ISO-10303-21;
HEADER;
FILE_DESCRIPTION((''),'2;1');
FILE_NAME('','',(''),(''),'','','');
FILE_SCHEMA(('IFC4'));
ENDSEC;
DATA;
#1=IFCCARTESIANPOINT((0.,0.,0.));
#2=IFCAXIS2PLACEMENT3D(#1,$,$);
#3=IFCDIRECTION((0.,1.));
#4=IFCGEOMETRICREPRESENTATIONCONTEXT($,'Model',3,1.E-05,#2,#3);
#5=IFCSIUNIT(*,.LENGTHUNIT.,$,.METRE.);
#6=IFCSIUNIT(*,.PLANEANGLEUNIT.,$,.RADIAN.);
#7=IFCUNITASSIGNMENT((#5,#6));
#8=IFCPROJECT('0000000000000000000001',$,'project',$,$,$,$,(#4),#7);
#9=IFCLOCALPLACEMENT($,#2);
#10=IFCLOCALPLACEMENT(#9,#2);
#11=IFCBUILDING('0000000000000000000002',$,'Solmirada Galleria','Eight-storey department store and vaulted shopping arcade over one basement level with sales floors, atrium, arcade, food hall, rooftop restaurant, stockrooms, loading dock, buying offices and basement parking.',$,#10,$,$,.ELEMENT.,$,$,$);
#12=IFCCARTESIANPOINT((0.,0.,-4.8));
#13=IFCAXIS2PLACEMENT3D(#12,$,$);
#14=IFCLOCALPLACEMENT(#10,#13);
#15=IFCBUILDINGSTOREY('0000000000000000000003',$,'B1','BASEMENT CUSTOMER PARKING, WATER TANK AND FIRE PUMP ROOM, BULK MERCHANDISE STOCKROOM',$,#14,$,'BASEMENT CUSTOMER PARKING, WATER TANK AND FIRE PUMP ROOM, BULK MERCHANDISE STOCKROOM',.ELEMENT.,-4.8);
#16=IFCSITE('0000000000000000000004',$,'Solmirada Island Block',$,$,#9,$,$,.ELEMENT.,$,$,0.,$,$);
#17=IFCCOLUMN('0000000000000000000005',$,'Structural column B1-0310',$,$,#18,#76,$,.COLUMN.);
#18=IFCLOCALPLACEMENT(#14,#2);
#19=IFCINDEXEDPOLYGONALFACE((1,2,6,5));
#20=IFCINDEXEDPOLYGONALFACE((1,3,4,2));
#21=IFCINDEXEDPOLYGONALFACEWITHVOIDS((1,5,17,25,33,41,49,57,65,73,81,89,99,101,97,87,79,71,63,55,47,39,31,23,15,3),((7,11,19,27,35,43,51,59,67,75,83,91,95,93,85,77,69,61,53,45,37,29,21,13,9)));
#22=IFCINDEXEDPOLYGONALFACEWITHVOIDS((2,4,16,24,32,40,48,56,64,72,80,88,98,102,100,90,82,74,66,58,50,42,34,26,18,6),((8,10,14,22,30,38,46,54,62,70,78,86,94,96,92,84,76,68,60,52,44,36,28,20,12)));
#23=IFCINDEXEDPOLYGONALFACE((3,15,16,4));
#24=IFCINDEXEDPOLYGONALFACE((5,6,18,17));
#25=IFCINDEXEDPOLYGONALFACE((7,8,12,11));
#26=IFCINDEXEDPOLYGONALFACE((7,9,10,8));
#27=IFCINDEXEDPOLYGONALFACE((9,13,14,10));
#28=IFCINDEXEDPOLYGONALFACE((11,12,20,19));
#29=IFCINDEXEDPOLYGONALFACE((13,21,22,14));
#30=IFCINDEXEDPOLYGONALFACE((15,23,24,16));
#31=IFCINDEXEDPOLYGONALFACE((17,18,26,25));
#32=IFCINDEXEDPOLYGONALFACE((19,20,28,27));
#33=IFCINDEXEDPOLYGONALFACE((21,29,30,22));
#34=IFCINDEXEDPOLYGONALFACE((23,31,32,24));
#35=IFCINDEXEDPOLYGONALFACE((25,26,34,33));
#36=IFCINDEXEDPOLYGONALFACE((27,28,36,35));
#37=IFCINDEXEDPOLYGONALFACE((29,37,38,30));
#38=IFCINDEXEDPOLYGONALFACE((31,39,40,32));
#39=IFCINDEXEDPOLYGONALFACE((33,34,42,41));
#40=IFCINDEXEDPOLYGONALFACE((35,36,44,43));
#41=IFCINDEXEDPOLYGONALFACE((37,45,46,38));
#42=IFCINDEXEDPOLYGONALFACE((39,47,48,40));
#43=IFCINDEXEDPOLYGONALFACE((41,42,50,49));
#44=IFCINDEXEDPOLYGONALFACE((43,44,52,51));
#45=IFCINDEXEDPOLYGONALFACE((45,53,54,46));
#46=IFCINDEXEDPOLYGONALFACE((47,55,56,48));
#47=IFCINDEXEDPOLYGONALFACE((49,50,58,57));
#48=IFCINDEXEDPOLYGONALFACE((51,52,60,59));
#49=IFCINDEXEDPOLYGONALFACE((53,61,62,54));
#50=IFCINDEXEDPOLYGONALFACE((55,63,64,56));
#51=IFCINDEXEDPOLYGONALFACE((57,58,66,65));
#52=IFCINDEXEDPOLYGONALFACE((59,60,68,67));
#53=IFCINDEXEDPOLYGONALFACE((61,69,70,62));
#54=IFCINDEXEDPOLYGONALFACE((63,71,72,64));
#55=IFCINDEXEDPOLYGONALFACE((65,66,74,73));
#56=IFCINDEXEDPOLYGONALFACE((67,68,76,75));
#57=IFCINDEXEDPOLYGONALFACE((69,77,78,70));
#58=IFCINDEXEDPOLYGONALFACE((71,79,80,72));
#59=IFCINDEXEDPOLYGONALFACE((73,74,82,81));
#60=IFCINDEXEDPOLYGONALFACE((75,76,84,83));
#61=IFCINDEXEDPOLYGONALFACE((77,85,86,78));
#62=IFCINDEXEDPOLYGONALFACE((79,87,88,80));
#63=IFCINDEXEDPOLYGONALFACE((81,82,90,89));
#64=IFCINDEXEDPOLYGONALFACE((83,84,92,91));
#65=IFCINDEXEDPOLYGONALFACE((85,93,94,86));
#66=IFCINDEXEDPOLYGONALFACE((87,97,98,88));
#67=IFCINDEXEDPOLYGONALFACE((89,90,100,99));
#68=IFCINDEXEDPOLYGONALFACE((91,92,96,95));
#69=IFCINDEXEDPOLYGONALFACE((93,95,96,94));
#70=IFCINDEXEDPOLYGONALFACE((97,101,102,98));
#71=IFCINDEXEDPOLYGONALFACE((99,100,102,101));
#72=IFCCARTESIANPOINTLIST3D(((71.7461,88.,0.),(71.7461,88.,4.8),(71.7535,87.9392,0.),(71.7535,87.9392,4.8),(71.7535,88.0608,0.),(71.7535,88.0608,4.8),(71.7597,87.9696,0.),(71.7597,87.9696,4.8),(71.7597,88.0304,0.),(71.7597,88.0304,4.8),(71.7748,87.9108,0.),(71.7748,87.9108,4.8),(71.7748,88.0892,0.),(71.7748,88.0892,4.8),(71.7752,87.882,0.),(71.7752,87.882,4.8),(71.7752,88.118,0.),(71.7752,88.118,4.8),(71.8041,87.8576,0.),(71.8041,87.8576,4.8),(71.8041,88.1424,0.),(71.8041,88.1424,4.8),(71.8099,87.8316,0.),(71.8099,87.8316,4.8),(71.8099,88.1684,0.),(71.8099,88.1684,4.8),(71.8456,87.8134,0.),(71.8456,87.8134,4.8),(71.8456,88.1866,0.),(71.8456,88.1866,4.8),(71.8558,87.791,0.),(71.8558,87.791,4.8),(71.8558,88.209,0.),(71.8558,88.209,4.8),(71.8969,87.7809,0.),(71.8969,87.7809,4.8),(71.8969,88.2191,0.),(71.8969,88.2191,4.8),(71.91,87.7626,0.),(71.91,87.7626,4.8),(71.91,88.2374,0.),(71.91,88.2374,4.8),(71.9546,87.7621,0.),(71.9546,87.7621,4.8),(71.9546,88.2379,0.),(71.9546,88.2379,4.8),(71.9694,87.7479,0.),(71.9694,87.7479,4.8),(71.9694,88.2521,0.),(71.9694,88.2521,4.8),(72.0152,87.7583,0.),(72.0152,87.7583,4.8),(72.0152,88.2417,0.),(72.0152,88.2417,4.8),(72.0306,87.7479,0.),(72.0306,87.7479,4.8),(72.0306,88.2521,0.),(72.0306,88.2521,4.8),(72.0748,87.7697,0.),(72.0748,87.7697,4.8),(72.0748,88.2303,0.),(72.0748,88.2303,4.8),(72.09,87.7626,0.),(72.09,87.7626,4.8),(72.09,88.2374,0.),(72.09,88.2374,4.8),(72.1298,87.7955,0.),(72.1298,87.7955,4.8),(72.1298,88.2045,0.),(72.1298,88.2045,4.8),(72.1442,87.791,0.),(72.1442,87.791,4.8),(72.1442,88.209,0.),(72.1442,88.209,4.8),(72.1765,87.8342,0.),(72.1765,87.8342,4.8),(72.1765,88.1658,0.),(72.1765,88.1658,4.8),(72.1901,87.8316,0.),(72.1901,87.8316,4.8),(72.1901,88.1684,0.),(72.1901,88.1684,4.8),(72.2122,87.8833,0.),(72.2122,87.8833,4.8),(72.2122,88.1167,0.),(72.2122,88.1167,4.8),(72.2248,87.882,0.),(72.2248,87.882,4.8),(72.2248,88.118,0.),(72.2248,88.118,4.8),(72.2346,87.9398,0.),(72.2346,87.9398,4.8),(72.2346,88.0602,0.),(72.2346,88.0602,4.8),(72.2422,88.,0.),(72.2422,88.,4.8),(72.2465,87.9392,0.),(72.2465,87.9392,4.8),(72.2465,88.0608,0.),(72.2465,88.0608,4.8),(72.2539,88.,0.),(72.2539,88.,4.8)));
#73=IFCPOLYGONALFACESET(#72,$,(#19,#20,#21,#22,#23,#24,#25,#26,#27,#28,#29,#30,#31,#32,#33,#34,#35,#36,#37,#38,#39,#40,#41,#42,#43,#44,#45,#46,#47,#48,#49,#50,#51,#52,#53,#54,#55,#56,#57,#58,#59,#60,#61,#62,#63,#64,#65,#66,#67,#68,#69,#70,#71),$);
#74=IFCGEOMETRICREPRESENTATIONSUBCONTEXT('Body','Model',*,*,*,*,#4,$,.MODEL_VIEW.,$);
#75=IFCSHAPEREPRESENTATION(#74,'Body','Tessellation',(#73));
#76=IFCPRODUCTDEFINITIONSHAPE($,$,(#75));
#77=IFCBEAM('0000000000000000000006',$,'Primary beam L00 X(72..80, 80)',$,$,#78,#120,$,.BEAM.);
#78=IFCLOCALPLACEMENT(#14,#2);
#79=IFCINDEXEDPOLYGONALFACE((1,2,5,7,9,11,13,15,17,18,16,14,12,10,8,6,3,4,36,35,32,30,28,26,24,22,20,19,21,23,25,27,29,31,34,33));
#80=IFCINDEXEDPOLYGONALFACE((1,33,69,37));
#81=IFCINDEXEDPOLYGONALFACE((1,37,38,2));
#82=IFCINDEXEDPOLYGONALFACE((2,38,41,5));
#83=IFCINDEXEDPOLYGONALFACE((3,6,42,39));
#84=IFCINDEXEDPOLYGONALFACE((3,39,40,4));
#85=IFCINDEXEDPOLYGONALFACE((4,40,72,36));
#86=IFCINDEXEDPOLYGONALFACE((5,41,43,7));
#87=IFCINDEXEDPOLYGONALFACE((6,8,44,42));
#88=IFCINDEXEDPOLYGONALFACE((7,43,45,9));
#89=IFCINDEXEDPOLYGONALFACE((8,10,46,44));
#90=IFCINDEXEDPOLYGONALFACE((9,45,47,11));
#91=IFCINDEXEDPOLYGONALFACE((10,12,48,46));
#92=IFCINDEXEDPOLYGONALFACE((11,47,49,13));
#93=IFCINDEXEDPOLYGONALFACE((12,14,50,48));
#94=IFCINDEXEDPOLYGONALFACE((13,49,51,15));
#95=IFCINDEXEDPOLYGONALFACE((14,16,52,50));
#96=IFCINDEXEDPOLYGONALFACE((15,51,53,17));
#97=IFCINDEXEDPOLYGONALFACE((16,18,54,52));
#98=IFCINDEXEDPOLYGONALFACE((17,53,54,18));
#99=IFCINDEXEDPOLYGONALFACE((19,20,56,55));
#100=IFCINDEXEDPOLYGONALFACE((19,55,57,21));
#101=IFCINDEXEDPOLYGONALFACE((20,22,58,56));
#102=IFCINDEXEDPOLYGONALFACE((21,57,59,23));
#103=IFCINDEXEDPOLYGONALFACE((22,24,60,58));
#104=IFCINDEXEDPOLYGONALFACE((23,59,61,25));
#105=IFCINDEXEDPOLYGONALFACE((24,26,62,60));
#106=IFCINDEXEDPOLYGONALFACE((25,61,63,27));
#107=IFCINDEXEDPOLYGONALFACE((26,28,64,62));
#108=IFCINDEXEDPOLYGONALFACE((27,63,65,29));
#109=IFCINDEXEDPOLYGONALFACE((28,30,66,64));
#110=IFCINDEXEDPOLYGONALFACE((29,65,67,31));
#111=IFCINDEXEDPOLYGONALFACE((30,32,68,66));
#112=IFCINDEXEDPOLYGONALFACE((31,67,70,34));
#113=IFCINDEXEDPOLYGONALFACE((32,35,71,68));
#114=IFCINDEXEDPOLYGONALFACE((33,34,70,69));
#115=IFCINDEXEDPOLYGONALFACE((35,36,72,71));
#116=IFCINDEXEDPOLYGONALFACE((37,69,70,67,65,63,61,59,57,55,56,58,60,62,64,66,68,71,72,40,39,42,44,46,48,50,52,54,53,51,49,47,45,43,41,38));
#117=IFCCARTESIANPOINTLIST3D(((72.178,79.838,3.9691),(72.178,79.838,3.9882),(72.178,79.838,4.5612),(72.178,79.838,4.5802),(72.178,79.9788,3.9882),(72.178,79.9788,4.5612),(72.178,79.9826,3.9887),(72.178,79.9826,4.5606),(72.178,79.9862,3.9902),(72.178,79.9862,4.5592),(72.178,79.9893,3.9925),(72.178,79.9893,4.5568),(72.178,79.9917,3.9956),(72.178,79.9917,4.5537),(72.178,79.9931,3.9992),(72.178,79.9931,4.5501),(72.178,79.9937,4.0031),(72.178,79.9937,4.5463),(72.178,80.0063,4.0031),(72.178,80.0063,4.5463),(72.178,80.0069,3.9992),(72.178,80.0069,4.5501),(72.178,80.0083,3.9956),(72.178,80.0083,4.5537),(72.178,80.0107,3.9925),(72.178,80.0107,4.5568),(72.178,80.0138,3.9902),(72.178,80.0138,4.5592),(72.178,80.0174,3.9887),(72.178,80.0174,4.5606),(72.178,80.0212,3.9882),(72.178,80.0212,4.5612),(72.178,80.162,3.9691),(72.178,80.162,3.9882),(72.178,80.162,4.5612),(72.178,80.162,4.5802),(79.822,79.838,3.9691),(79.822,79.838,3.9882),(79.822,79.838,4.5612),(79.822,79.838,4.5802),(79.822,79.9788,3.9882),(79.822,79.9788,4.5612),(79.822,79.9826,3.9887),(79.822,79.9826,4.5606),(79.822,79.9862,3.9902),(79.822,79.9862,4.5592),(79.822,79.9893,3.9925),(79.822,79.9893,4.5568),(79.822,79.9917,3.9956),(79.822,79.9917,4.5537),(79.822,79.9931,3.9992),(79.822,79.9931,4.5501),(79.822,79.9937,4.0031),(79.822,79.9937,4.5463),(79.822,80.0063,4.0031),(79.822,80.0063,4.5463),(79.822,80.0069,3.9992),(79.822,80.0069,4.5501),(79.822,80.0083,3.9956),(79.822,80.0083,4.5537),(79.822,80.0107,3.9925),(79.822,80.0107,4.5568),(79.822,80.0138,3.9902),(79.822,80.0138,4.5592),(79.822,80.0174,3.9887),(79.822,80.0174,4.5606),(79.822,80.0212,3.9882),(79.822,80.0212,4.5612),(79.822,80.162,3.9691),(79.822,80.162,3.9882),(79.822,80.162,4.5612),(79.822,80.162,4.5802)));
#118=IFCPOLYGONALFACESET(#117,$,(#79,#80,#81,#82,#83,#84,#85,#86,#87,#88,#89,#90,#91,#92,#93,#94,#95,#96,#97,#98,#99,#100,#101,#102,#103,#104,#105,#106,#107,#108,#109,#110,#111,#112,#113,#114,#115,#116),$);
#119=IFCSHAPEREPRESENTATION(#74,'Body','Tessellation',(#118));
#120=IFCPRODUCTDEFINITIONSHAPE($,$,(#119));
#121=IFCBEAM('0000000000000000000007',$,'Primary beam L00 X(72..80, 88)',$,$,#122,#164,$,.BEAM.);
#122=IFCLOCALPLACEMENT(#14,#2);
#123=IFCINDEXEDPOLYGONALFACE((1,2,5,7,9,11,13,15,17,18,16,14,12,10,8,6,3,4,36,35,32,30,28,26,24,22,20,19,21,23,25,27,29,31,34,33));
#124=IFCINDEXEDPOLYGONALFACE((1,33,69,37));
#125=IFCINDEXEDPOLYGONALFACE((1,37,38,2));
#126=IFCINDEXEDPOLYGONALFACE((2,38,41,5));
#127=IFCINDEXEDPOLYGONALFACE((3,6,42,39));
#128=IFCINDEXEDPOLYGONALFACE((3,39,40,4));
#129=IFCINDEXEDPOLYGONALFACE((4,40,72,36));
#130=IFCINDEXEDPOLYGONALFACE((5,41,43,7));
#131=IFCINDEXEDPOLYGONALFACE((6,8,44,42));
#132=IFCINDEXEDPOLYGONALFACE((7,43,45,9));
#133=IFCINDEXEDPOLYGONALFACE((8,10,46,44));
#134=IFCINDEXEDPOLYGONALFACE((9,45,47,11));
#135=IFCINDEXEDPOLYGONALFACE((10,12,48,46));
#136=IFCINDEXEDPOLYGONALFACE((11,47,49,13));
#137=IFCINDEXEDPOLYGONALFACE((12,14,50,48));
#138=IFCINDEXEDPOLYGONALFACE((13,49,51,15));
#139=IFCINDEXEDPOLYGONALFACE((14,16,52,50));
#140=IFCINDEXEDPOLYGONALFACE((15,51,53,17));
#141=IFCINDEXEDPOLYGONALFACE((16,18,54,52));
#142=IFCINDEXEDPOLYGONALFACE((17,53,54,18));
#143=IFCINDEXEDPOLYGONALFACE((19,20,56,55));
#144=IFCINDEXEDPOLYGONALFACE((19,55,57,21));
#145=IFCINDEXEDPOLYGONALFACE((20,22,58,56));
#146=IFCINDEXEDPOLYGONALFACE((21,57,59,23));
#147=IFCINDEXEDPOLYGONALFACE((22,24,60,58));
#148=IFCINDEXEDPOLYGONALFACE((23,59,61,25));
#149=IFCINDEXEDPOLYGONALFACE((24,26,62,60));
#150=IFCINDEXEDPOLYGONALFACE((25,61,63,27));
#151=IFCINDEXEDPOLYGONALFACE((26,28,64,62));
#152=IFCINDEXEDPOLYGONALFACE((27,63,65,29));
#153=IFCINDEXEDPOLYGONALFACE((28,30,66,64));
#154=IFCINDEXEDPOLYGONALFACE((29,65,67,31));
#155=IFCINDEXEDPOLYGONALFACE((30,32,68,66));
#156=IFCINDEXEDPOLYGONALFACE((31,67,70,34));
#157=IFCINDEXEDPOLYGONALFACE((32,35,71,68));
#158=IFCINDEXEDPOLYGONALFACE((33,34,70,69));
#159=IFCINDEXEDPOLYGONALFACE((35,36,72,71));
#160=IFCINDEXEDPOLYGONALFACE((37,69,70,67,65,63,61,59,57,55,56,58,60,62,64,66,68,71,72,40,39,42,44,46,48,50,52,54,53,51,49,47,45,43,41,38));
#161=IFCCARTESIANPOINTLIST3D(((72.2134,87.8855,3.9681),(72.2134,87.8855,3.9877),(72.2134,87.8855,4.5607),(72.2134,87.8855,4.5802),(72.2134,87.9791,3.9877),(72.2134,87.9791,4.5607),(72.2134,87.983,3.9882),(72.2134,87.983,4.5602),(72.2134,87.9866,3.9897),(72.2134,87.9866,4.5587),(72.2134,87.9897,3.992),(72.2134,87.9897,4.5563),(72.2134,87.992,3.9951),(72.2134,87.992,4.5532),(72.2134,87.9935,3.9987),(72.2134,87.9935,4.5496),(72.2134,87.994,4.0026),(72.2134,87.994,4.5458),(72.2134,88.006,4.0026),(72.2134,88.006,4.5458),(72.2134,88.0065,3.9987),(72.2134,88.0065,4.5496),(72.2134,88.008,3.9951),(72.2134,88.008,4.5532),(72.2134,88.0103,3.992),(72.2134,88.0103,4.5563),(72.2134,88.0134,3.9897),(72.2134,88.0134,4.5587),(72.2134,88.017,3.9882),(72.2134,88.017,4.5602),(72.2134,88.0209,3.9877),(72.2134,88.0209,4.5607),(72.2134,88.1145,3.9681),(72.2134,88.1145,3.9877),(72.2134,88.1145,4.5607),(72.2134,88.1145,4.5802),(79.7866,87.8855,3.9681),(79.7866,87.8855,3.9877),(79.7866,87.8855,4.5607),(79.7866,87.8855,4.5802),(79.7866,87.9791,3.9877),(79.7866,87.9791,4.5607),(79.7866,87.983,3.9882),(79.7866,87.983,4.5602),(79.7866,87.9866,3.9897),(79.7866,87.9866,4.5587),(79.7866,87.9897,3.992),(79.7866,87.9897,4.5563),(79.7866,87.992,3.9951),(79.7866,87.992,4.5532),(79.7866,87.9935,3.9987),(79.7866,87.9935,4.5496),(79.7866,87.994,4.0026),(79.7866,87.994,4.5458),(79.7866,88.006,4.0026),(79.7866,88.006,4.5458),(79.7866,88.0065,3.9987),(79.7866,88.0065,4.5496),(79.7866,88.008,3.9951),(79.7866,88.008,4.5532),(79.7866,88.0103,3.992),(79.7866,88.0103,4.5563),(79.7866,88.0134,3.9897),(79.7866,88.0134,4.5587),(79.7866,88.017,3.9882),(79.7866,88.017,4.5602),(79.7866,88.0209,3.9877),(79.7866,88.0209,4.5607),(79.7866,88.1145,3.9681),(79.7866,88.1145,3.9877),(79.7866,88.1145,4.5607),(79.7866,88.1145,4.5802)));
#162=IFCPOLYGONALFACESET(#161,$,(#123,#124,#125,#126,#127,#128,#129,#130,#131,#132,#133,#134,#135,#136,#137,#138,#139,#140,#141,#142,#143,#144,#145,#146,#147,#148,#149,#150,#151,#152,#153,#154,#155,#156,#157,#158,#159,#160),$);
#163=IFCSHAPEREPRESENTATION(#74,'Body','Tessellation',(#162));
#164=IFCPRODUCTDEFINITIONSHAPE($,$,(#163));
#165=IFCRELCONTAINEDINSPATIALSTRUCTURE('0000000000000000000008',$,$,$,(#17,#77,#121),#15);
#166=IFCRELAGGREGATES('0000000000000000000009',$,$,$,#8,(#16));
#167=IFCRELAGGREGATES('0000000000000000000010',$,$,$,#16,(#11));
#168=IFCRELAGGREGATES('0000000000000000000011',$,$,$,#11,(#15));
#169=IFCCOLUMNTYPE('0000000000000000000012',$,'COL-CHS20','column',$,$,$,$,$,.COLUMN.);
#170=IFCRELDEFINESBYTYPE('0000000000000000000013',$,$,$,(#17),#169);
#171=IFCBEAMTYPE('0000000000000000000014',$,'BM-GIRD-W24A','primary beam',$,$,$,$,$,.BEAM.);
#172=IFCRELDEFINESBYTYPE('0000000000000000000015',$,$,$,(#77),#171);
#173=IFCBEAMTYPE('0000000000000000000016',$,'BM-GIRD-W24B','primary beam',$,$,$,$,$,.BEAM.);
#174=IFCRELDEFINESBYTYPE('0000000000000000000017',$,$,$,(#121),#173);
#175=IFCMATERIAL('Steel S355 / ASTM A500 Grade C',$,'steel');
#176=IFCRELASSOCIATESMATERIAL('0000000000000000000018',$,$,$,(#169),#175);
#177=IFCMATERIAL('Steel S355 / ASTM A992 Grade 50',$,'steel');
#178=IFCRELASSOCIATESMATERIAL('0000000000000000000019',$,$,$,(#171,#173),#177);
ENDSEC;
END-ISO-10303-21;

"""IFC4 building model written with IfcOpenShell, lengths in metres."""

from ifc_helpers import new_model, si_unit, direction, frame, origin, origin_2d, place, context, subcontext, project, spatial, hollow_circle, i_section, extrude, material, material_profile, profile_set, type_object, element, save


model = new_model("IFC4")

# Units and contexts
model_context = context("Model", 3, precision=1e-05, world=origin(), true_north=direction((0.0, 1.0)))
body_context = subcontext(model_context, "Body", "Model", "MODEL_VIEW")
ifc_project = project(units=[si_unit("LENGTHUNIT", "METRE"), si_unit("PLANEANGLEUNIT", "RADIAN")], contexts=[model_context])

# Site, building, storey
site_placement = place(None, origin())
site = spatial("IfcSite", under=ifc_project, at=site_placement, Name="Solmirada Island Block", CompositionType="ELEMENT", RefElevation=0.0)
building_placement = place(site_placement, origin())
building = spatial("IfcBuilding", under=site, at=building_placement, Name="Solmirada Galleria", Description="Eight-storey department store and vaulted shopping arcade over one basement level with sales floors, atrium, arcade, food hall, rooftop restaurant, stockrooms, loading dock, buying offices and basement parking.", CompositionType="ELEMENT")
storey_placement = place(building_placement, frame((0.0, 0.0, -4.8)))
storey = spatial("IfcBuildingStorey", under=building, at=storey_placement, Name="B1", Description="BASEMENT CUSTOMER PARKING, WATER TANK AND FIRE PUMP ROOM, BULK MERCHANDISE STOCKROOM", LongName="BASEMENT CUSTOMER PARKING, WATER TANK AND FIRE PUMP ROOM, BULK MERCHANDISE STOCKROOM", CompositionType="ELEMENT", Elevation=-4.8)

# Column
ifc_material_1 = material(Name="Steel S355 / ASTM A500 Grade C", Category="steel")
ifc_material_profile_1 = material_profile(ifc_material_1, hollow_circle(Radius=0.2539, WallThickness=0.0117, at=origin_2d()), Name="HSS20.000X0.500")
ifc_profile_set_1 = profile_set([ifc_material_profile_1], Name="Steel S355 / ASTM A500 Grade C")
column_type = type_object("IfcColumnType", Name="COL-CHS20", Description="column", PredefinedType="COLUMN", material=ifc_profile_set_1)
column_placement = place(storey_placement, frame((72.0, 88.0, 0.0), z_axis=(0.0, 0.0, 1.0), x_axis=(1.0, 0.0, 0.0)))
element("IfcColumn", 1, at=column_placement, inside=storey, type_object=column_type, Name="Structural column B1-0310", PredefinedType="COLUMN", context=body_context, shape_type="SweptSolid", body=[
    extrude(hollow_circle(Radius=0.2539, WallThickness=0.0117, at=origin_2d()), origin(), (0.0, 0.0, 1.0), 4.8),
])

# Beams
ifc_material_2 = material(Name="Steel S355 / ASTM A992 Grade 50", Category="steel")
ifc_material_profile_2 = material_profile(ifc_material_2, i_section(OverallWidth=0.324, OverallDepth=0.6111, WebThickness=0.0127, FlangeThickness=0.019, FilletRadius=0.0149, at=origin_2d()), Name="W24X104")
ifc_profile_set_2 = profile_set([ifc_material_profile_2], Name="Steel S355 / ASTM A992 Grade 50")
beam_type_1 = type_object("IfcBeamType", Name="BM-GIRD-W24A", Description="primary beam", PredefinedType="BEAM", material=ifc_profile_set_2)
beam_1_placement = place(storey_placement, frame((72.178, 80.0, 4.2747), z_axis=(1.0, 0.0, 0.0), x_axis=(0.0, 1.0, 0.0)))
element("IfcBeam", 2, at=beam_1_placement, inside=storey, type_object=beam_type_1, Name="Primary beam L00 X(72..80, 80)", PredefinedType="BEAM", context=body_context, shape_type="SweptSolid", body=[
    extrude(i_section(OverallWidth=0.324, OverallDepth=0.6111, WebThickness=0.0127, FlangeThickness=0.019, FilletRadius=0.0149, at=origin_2d()), origin(), (0.0, 0.0, 1.0), 7.644),
])
ifc_material_profile_3 = material_profile(ifc_material_2, i_section(OverallWidth=0.229, OverallDepth=0.6121, WebThickness=0.012, FlangeThickness=0.0195, FilletRadius=0.0149, at=origin_2d()), Name="W24X84")
ifc_profile_set_3 = profile_set([ifc_material_profile_3], Name="Steel S355 / ASTM A992 Grade 50")
beam_type_2 = type_object("IfcBeamType", Name="BM-GIRD-W24B", Description="primary beam", PredefinedType="BEAM", material=ifc_profile_set_3)
beam_2_placement = place(storey_placement, frame((72.2134, 88.0, 4.2742), z_axis=(1.0, 0.0, 0.0), x_axis=(0.0, 1.0, 0.0)))
element("IfcBeam", 3, at=beam_2_placement, inside=storey, type_object=beam_type_2, Name="Primary beam L00 X(72..80, 88)", PredefinedType="BEAM", context=body_context, shape_type="SweptSolid", body=[
    extrude(i_section(OverallWidth=0.229, OverallDepth=0.6121, WebThickness=0.012, FlangeThickness=0.0195, FilletRadius=0.0149, at=origin_2d()), origin(), (0.0, 0.0, 1.0), 7.5732),
])

save(model, "model.ifc")
